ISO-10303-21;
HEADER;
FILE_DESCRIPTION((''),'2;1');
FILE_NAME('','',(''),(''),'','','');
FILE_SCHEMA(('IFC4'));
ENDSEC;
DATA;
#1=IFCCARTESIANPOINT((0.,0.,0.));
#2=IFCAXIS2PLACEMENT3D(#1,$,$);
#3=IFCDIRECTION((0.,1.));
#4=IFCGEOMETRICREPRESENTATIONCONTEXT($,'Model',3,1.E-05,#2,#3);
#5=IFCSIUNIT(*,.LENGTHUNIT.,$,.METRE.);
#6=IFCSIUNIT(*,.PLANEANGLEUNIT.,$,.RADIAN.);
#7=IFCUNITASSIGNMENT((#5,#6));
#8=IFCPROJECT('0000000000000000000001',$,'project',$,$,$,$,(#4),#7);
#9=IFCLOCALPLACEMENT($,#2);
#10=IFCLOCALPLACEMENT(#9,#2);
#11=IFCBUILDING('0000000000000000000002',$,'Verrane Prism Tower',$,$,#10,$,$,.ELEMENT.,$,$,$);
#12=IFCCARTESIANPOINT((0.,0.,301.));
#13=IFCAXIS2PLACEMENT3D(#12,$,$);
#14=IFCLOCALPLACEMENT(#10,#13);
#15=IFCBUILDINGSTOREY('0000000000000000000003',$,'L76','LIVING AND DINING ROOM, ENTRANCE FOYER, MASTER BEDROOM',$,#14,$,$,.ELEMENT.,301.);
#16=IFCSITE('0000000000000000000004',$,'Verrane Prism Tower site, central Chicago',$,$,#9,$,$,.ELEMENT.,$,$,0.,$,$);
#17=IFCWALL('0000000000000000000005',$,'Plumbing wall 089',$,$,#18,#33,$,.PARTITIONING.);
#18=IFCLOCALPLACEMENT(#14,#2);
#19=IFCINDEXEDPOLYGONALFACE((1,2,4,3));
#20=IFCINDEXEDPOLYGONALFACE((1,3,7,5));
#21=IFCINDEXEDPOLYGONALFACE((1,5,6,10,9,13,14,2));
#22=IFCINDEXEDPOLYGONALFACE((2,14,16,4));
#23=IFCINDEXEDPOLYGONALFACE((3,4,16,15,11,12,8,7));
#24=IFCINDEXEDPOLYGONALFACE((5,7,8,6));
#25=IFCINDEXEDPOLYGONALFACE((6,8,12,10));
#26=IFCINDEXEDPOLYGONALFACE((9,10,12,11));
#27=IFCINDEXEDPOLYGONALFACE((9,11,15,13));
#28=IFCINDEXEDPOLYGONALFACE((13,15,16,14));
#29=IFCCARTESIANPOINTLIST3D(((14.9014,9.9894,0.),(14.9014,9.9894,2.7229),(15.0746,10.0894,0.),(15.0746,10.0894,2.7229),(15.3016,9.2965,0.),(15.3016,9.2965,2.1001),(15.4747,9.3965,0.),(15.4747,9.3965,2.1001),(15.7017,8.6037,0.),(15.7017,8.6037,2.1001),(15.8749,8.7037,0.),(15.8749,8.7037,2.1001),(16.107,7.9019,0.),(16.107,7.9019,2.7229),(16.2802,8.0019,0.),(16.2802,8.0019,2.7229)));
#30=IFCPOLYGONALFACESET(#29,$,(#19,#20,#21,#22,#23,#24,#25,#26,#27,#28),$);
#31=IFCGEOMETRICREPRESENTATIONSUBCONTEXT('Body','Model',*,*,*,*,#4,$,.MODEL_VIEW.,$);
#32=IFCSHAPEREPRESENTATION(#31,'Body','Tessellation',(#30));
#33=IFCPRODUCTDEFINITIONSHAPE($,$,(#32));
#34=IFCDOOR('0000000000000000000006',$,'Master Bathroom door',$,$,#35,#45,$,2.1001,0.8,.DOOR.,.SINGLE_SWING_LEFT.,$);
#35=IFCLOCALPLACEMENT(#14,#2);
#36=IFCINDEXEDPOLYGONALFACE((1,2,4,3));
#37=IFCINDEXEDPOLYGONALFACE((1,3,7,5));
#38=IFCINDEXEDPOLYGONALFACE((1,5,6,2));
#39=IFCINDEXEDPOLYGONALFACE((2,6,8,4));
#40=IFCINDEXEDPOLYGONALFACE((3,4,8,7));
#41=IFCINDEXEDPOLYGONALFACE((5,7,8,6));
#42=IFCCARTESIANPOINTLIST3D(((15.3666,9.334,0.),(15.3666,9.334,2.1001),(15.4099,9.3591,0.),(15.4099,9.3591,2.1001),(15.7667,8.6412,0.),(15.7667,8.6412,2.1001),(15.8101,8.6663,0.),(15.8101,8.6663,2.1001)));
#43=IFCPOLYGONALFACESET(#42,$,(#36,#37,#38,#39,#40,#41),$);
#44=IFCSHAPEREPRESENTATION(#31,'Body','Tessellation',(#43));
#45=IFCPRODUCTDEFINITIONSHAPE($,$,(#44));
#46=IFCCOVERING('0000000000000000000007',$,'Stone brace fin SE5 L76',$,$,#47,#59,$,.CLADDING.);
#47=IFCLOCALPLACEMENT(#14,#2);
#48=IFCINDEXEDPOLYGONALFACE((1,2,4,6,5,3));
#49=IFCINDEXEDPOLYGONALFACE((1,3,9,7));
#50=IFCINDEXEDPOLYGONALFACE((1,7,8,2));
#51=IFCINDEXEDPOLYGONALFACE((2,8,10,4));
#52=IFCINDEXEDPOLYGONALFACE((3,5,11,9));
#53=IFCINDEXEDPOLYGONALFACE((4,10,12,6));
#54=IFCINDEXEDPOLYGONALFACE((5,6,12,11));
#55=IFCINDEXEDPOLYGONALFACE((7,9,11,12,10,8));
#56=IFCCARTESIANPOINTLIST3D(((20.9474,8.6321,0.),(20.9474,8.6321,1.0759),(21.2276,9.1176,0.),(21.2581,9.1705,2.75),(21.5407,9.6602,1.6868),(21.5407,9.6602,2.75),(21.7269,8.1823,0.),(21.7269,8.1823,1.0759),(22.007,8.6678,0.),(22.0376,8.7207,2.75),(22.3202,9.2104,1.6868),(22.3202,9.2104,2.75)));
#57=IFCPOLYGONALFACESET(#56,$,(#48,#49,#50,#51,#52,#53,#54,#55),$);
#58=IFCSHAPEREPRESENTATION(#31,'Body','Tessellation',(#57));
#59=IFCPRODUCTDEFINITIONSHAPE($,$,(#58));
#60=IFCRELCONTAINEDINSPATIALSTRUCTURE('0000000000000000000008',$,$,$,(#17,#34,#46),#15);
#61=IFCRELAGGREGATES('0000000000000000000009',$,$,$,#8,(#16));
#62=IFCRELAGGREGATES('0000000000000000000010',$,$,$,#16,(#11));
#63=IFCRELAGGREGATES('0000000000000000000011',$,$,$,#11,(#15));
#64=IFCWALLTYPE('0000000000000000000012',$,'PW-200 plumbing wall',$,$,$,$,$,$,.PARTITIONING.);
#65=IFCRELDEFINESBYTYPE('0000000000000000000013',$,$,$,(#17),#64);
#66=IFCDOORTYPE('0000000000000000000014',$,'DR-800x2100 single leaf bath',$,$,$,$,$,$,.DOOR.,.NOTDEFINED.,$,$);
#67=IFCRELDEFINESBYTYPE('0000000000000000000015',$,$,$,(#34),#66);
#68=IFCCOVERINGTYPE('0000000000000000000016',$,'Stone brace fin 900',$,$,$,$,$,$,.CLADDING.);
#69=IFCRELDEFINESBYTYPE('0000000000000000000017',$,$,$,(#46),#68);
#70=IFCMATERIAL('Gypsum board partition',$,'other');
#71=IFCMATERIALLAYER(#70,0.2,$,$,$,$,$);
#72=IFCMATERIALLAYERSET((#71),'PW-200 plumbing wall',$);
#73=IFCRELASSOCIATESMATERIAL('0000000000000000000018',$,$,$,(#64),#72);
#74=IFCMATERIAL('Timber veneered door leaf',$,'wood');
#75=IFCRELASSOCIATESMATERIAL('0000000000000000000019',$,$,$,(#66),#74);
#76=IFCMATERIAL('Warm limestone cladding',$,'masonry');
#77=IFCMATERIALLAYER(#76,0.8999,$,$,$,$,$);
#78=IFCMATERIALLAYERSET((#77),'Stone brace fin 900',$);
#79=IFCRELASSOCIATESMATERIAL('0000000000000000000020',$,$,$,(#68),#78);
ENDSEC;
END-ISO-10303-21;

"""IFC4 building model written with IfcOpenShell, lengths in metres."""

from ifc_helpers import new_model, si_unit, direction, frame, frame_2d, origin, place, context, subcontext, project, spatial, polyline, rectangle, outline, extrude, material, layer, layer_set, type_object, element, fill, save


model = new_model("IFC4")

# Units and contexts
model_context = context("Model", 3, precision=1e-05, world=origin(), true_north=direction((0.0, 1.0)))
body_context = subcontext(model_context, "Body", "Model", "MODEL_VIEW")
ifc_project = project(units=[si_unit("LENGTHUNIT", "METRE"), si_unit("PLANEANGLEUNIT", "RADIAN")], contexts=[model_context])

# Site, building, storey
site_placement = place(None, origin())
site = spatial("IfcSite", under=ifc_project, at=site_placement, Name="Verrane Prism Tower site, central Chicago", CompositionType="ELEMENT", RefElevation=0.0)
building_placement = place(site_placement, origin())
building = spatial("IfcBuilding", under=site, at=building_placement, Name="Verrane Prism Tower", CompositionType="ELEMENT")
storey_placement = place(building_placement, frame((0.0, 0.0, 301.0)))
storey = spatial("IfcBuildingStorey", under=building, at=storey_placement, Name="L76", Description="LIVING AND DINING ROOM, ENTRANCE FOYER, MASTER BEDROOM", CompositionType="ELEMENT", Elevation=301.0)

# Shared definitions
ifc_material_1 = material(Name="Gypsum board partition", Category="other")
ifc_layer_1 = layer(ifc_material_1, 0.2)
ifc_layer_set_1 = layer_set([ifc_layer_1], Name="PW-200 plumbing wall")
wall_type_1 = type_object("IfcWallType", Name="PW-200 plumbing wall", PredefinedType="PARTITIONING", material=ifc_layer_set_1)

# Wall, opening, door
wall_1_placement = place(storey_placement, frame((16.1936, 7.9519, 0.0), z_axis=(0.0, 0.0, 1.0), x_axis=(-0.500126, 0.865953, 0.0)))
wall_1 = element("IfcWall", 1, at=wall_1_placement, inside=storey, type_object=wall_type_1, Name="Plumbing wall 089", PredefinedType="PARTITIONING", context=body_context, shape_type="SweptSolid", body=[
    extrude(rectangle(XDim=2.4106, YDim=0.2, at=frame_2d((1.2053, 0.0))), origin(), (0.0, 0.0, 1.0), 2.7229),
])
opening_1_placement = place(wall_1_placement, frame((0.8105, 0.0, 0.0)))
opening_1 = element("IfcOpeningElement", 2, at=opening_1_placement, cuts=wall_1, PredefinedType="OPENING", context=body_context, shape_type="SweptSolid", body=[
    extrude(rectangle(XDim=0.8, YDim=2.1001, at=frame_2d((0.3999, 1.05))), frame((0.0, 0.1099, 0.0), z_axis=(0.0, -1.0, 0.0), x_axis=(1.0, 0.0, 0.0)), (0.0, 0.0, 1.0), 0.22),
])
ifc_material_2 = material(Name="Timber veneered door leaf", Category="wood")
door_type_1 = type_object("IfcDoorType", Name="DR-800x2100 single leaf bath", OperationType="NOTDEFINED", PredefinedType="DOOR", material=ifc_material_2)
door_1_placement = place(opening_1_placement, origin())
door_1 = element("IfcDoor", 3, at=door_1_placement, inside=storey, type_object=door_type_1, Name="Master Bathroom door", OperationType="SINGLE_SWING_LEFT", OverallHeight=2.1001, OverallWidth=0.8, PredefinedType="DOOR", context=body_context, shape_type="SweptSolid", body=[
    extrude(rectangle(XDim=0.8, YDim=2.1001, at=frame_2d((0.3999, 1.05))), frame((0.0, 0.0249, 0.0), z_axis=(0.0, -1.0, 0.0), x_axis=(1.0, 0.0, 0.0)), (0.0, 0.0, 1.0), 0.05),
])
fill(opening_1, door_1)

# Covering
ifc_material_3 = material(Name="Warm limestone cladding", Category="masonry")
ifc_layer_2 = layer(ifc_material_3, 0.8999)
ifc_layer_set_2 = layer_set([ifc_layer_2], Name="Stone brace fin 900")
covering_type = type_object("IfcCoveringType", Name="Stone brace fin 900", PredefinedType="CLADDING", material=ifc_layer_set_2)
covering_placement = place(storey_placement, frame((21.3372, 8.4072, 0.0), z_axis=(0.0, 0.0, 1.0), x_axis=(0.499811, 0.866134, 0.0)))
element("IfcCovering", 4, at=covering_placement, inside=storey, type_object=covering_type, Name="Stone brace fin SE5 L76", PredefinedType="CLADDING", context=body_context, shape_type="SweptSolid", body=[
    extrude(outline(polyline([(1.187, 2.75), (0.6216, 2.75), (0.0, 1.0759), (0.0, 0.0), (0.5605, 0.0), (1.187, 1.6868), (1.187, 2.75)])), frame((0.0, 0.45, 0.0), z_axis=(0.0, -1.0, 0.0), x_axis=(1.0, 0.0, 0.0)), (0.0, 0.0, 1.0), 0.8999),
])

save(model, "model.ifc")
